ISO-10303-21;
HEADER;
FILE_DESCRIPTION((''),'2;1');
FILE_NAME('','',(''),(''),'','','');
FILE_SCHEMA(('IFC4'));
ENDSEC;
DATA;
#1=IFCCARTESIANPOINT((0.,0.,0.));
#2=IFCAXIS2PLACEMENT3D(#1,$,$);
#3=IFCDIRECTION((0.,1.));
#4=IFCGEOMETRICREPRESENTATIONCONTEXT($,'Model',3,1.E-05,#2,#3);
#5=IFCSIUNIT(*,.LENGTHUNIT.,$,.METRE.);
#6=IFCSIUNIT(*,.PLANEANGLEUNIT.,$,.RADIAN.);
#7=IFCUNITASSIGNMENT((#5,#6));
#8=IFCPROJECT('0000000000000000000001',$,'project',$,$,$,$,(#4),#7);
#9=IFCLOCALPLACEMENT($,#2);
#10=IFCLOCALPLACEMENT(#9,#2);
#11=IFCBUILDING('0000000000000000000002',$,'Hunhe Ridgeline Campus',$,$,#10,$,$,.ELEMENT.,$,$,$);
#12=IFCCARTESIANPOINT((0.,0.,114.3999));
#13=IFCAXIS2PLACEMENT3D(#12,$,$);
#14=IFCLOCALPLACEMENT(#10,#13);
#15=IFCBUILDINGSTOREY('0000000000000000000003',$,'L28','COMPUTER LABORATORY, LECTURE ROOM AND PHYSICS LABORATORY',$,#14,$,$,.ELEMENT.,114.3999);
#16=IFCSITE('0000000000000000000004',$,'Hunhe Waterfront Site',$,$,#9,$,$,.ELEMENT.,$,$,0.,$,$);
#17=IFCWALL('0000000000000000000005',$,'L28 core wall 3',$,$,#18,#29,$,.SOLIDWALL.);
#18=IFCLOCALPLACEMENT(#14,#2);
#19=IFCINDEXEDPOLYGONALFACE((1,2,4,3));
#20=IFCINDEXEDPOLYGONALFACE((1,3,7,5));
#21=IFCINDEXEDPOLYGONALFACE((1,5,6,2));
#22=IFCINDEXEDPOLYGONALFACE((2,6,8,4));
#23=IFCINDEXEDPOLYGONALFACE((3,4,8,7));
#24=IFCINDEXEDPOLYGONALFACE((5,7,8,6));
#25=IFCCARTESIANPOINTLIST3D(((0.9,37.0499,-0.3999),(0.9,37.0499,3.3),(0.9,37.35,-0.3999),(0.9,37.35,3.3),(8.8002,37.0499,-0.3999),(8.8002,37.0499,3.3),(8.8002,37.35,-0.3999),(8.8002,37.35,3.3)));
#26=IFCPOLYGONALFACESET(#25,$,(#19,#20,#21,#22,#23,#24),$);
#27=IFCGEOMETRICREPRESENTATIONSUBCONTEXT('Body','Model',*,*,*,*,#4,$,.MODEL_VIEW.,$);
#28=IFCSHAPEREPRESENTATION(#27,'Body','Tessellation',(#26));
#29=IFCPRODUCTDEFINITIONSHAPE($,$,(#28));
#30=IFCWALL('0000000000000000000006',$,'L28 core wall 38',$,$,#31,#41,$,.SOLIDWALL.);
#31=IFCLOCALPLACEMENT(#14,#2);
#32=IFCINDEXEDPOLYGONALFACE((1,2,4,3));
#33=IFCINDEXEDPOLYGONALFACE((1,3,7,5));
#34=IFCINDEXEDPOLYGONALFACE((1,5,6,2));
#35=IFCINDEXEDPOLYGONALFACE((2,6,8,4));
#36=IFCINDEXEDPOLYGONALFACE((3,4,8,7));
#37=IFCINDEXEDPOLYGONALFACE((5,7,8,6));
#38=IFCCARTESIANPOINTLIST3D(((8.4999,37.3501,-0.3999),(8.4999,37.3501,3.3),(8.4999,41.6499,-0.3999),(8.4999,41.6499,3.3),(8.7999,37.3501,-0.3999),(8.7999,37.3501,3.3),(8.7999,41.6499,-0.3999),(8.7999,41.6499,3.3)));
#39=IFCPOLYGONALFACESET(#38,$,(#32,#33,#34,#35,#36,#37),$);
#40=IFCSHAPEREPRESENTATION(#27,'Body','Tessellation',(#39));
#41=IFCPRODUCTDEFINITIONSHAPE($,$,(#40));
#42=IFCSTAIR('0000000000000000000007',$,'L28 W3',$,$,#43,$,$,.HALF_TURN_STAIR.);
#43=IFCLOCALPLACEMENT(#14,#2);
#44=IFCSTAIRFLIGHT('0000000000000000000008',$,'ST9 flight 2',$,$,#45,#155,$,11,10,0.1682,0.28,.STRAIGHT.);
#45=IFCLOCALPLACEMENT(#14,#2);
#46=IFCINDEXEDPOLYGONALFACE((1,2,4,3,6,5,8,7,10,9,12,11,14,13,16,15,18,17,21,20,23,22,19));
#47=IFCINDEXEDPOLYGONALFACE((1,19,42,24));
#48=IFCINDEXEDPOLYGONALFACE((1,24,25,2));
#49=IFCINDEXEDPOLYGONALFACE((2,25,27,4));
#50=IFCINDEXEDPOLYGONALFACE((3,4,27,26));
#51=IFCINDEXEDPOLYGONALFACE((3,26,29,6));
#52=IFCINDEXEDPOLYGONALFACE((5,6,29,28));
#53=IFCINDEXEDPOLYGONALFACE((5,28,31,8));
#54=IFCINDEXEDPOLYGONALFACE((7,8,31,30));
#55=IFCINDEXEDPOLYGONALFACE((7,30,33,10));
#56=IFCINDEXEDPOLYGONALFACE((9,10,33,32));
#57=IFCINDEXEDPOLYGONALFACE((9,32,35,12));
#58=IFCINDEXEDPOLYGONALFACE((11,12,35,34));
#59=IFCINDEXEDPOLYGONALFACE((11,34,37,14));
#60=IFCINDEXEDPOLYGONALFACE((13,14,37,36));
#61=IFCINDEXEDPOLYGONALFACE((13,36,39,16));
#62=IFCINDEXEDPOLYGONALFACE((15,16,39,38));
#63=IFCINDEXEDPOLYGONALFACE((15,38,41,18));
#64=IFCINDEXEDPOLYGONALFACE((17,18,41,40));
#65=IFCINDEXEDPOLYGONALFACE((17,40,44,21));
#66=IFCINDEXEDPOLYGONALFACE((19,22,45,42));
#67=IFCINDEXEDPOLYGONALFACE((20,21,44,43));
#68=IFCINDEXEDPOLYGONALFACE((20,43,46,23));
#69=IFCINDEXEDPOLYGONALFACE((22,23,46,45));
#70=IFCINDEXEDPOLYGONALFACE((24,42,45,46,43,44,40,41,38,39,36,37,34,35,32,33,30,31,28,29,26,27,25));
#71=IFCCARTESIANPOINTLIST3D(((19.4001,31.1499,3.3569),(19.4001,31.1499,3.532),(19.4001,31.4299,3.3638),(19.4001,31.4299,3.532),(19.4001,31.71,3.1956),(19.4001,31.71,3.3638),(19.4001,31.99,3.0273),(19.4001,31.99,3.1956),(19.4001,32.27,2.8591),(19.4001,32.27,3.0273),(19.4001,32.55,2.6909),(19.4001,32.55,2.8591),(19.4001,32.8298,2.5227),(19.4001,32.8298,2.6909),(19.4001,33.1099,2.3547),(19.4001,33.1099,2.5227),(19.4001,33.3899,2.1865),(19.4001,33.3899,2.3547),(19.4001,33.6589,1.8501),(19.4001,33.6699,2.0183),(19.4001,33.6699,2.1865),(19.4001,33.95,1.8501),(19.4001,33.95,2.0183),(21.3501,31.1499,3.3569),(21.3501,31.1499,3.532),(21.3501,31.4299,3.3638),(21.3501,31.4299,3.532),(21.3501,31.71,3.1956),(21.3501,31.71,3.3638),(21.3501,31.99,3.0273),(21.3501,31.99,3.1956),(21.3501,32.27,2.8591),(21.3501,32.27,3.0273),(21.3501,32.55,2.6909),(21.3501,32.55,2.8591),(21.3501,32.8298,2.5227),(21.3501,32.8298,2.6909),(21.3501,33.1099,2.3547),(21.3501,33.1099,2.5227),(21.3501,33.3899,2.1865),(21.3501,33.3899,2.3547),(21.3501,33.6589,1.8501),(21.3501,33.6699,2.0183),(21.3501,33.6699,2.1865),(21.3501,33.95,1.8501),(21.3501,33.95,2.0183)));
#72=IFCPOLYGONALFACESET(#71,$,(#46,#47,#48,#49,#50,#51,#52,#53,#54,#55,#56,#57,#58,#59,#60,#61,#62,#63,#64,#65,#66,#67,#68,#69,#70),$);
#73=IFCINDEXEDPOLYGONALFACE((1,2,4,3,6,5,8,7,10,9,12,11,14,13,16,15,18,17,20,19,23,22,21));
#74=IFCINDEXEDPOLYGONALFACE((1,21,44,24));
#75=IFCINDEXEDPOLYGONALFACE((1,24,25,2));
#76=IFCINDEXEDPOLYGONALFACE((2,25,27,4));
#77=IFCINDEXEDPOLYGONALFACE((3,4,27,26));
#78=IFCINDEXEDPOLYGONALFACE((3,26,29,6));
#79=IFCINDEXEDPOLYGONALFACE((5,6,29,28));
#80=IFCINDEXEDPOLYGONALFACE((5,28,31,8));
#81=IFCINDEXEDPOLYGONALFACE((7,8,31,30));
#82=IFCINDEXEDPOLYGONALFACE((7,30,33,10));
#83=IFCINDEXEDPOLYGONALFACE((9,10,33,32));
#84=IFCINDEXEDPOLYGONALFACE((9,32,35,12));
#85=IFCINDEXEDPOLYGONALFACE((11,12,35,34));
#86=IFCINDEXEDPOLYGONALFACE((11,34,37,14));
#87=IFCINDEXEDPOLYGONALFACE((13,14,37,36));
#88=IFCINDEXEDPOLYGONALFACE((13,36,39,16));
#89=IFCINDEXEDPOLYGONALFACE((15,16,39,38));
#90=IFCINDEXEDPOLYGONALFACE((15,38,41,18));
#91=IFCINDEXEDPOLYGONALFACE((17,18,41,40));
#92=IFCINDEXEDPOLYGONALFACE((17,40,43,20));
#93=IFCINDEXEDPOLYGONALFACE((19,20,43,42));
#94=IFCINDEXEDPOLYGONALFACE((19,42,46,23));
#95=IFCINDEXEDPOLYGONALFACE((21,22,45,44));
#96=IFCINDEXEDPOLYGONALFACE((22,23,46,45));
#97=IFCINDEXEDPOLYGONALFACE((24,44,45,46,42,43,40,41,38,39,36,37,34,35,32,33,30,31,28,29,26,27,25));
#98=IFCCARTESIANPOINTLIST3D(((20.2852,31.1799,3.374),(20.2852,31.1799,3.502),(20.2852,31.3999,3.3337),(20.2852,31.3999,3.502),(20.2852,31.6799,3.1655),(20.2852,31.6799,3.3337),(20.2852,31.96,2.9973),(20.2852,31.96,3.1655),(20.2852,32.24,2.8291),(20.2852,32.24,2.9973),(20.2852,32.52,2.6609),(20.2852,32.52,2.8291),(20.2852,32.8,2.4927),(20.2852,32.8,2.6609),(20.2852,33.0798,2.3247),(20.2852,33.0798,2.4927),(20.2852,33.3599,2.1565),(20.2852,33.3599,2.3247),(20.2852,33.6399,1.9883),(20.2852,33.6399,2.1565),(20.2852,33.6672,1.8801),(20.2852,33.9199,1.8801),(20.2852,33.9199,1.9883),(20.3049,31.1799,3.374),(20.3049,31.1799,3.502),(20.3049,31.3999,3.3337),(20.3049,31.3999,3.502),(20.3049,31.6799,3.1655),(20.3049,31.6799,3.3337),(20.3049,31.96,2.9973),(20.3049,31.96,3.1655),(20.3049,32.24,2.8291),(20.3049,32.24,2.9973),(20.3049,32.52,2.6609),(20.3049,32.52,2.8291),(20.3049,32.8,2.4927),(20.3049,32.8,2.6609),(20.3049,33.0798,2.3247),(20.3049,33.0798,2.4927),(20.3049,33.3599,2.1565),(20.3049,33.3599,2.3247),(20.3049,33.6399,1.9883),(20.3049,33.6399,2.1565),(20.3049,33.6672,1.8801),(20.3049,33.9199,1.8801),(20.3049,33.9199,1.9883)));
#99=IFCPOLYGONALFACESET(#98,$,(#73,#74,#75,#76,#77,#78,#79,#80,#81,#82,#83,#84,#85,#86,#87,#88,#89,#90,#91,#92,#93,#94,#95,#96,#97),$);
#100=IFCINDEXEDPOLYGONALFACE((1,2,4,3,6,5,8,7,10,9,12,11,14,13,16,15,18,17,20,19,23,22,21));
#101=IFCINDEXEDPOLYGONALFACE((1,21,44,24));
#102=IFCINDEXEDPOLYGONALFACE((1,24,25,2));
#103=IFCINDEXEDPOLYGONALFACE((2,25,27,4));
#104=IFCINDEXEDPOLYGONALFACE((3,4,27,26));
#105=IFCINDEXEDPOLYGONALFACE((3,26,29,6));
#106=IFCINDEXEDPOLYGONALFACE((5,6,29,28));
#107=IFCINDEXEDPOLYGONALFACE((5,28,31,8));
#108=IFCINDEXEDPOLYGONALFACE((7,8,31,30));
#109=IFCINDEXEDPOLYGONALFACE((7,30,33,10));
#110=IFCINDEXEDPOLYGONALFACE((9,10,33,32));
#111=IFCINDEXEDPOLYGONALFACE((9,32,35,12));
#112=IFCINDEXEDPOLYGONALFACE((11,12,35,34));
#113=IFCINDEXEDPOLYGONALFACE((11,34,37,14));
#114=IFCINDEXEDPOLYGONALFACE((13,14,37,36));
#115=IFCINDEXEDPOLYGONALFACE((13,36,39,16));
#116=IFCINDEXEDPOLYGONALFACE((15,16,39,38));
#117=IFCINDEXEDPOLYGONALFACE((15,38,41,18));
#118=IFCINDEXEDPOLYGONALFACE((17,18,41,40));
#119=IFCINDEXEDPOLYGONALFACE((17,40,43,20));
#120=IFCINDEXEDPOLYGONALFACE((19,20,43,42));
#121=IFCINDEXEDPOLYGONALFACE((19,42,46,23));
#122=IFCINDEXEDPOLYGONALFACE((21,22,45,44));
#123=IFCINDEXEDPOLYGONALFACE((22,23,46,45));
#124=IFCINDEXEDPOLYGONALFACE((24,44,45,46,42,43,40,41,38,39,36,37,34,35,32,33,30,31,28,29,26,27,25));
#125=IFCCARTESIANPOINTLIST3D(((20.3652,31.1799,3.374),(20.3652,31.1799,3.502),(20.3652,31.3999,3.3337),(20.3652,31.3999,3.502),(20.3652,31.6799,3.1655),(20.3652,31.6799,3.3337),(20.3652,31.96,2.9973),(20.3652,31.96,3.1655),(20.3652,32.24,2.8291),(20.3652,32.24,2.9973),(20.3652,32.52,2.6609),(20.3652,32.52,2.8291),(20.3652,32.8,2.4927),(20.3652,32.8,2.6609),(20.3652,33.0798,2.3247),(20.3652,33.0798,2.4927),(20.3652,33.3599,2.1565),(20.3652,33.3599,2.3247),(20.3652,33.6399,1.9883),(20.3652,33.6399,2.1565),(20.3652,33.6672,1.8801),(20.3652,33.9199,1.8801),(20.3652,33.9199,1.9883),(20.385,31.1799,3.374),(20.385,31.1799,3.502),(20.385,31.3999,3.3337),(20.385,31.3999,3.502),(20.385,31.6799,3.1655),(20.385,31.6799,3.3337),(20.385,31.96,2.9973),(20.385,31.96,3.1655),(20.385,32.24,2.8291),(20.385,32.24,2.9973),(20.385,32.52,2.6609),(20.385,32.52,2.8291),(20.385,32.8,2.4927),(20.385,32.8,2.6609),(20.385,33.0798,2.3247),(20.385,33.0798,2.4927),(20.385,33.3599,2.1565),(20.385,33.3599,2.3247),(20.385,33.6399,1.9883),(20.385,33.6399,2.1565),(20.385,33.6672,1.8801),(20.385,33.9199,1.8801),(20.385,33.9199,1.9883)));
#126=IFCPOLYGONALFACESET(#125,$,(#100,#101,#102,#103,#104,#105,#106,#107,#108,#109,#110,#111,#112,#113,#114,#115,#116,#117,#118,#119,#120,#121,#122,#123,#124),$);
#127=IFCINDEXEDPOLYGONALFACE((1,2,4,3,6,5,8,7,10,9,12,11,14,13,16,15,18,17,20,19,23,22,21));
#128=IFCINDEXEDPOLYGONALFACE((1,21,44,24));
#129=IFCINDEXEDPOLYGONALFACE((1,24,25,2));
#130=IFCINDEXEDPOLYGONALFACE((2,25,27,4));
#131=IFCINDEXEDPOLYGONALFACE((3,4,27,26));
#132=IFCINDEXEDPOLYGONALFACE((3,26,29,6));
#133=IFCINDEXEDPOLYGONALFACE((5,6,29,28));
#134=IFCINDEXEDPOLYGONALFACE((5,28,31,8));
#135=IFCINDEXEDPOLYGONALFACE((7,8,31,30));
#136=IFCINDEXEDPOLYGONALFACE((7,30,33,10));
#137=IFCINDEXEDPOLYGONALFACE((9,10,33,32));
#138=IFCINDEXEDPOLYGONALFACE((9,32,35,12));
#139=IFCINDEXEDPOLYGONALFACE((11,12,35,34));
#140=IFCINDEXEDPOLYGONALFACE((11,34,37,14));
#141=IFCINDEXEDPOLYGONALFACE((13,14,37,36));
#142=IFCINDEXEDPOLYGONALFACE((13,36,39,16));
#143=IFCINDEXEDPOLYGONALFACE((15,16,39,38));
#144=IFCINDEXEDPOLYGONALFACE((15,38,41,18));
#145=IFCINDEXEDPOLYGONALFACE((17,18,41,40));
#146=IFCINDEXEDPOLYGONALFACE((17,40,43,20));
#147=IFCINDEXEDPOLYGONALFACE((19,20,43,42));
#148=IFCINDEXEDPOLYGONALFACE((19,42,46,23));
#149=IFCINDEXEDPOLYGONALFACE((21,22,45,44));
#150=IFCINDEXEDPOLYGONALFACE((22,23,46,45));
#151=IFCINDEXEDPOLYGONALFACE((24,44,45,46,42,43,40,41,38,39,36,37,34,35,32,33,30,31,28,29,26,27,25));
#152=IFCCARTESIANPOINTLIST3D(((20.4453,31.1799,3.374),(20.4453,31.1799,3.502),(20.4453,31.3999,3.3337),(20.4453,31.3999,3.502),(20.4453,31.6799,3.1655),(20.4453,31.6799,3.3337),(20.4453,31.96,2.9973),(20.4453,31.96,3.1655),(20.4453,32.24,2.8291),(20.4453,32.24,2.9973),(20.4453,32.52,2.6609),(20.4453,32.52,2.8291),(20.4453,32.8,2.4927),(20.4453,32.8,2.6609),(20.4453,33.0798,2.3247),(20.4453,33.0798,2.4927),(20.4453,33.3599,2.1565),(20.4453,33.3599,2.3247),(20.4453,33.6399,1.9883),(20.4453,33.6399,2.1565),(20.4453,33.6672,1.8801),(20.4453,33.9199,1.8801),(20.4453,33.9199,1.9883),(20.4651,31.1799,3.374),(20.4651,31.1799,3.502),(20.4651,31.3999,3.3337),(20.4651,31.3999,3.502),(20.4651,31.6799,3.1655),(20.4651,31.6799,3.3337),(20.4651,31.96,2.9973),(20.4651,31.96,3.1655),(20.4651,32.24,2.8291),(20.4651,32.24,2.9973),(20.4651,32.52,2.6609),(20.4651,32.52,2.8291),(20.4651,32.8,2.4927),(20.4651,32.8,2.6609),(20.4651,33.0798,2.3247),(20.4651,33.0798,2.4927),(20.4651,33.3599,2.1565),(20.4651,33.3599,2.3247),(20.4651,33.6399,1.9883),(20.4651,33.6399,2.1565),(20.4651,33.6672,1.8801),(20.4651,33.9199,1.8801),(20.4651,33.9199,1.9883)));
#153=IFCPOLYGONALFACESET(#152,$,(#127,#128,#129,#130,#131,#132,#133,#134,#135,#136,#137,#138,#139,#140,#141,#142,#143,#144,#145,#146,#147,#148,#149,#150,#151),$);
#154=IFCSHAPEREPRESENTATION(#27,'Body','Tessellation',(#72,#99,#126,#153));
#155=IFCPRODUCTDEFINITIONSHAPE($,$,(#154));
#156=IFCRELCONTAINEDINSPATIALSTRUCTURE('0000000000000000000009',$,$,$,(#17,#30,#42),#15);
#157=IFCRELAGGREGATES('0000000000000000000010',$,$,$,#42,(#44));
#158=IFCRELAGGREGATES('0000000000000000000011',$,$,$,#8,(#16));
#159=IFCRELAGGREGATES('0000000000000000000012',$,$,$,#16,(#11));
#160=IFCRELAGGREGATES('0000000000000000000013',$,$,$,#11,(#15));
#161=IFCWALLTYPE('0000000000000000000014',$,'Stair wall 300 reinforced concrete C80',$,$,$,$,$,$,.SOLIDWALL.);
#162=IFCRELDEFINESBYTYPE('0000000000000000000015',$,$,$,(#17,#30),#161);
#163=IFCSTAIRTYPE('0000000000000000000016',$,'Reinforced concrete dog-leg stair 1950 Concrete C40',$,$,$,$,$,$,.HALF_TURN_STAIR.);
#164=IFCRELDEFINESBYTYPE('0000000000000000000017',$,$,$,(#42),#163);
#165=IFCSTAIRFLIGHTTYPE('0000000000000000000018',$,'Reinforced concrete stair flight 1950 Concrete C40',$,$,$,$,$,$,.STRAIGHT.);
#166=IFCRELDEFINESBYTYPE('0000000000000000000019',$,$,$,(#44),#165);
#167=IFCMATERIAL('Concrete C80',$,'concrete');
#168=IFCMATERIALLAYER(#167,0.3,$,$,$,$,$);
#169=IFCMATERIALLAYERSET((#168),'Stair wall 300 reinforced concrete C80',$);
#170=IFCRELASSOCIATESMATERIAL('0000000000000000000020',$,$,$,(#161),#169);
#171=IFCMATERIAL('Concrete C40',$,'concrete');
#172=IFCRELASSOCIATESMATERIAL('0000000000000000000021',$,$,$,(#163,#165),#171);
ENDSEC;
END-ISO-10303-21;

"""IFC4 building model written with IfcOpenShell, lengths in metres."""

from ifc_helpers import new_model, si_unit, direction, frame, frame_2d, origin, place, context, subcontext, project, spatial, polyline, rectangle, outline, extrude, material, layer, layer_set, type_object, element, aggregate, save


model = new_model("IFC4")

# Units and contexts
model_context = context("Model", 3, precision=1e-05, world=origin(), true_north=direction((0.0, 1.0)))
body_context = subcontext(model_context, "Body", "Model", "MODEL_VIEW")
ifc_project = project(units=[si_unit("LENGTHUNIT", "METRE"), si_unit("PLANEANGLEUNIT", "RADIAN")], contexts=[model_context])

# Site, building, storey
site_placement = place(None, origin())
site = spatial("IfcSite", under=ifc_project, at=site_placement, Name="Hunhe Waterfront Site", CompositionType="ELEMENT", RefElevation=0.0)
building_placement = place(site_placement, origin())
building = spatial("IfcBuilding", under=site, at=building_placement, Name="Hunhe Ridgeline Campus", CompositionType="ELEMENT")
storey_placement = place(building_placement, frame((0.0, 0.0, 114.3999)))
storey = spatial("IfcBuildingStorey", under=building, at=storey_placement, Name="L28", Description="COMPUTER LABORATORY, LECTURE ROOM AND PHYSICS LABORATORY", CompositionType="ELEMENT", Elevation=114.3999)

# Wall
ifc_material_1 = material(Name="Concrete C80", Category="concrete")
ifc_layer_1 = layer(ifc_material_1, 0.3)
ifc_layer_set_1 = layer_set([ifc_layer_1], Name="Stair wall 300 reinforced concrete C80")
wall_type_1 = type_object("IfcWallType", Name="Stair wall 300 reinforced concrete C80", PredefinedType="SOLIDWALL", material=ifc_layer_set_1)
wall_1_placement = place(storey_placement, frame((0.8999, 37.2, -0.3999), z_axis=(0.0, 0.0, 1.0), x_axis=(1.0, 0.0, 0.0)))
element("IfcWall", 1, at=wall_1_placement, inside=storey, type_object=wall_type_1, Name="L28 core wall 3", PredefinedType="SOLIDWALL", context=body_context, shape_type="SweptSolid", body=[
    extrude(rectangle(XDim=7.9001, YDim=0.3, at=frame_2d((3.9502, 0.0))), origin(), (0.0, 0.0, 1.0), 3.7),
])

# Wall
wall_2_placement = place(storey_placement, frame((8.6499, 37.3501, -0.3999), z_axis=(0.0, 0.0, 1.0), x_axis=(0.0, 1.0, 0.0)))
element("IfcWall", 2, at=wall_2_placement, inside=storey, type_object=wall_type_1, Name="L28 core wall 38", PredefinedType="SOLIDWALL", context=body_context, shape_type="SweptSolid", body=[
    extrude(rectangle(XDim=4.2998, YDim=0.3, at=frame_2d((2.1499, 0.0))), origin(), (0.0, 0.0, 1.0), 3.7),
])

# Stair, stair flight
ifc_material_2 = material(Name="Concrete C40", Category="concrete")
stair_type = type_object("IfcStairType", Name="Reinforced concrete dog-leg stair 1950 Concrete C40", PredefinedType="HALF_TURN_STAIR", material=ifc_material_2)
stair_1_placement = place(storey_placement, origin())
stair_1 = element("IfcStair", 3, at=stair_1_placement, inside=storey, type_object=stair_type, Name="L28 W3", PredefinedType="HALF_TURN_STAIR")
stair_flight_type = type_object("IfcStairFlightType", Name="Reinforced concrete stair flight 1950 Concrete C40", PredefinedType="STRAIGHT", material=ifc_material_2)
stair_flight_1_placement = place(storey_placement, frame((20.375, 33.95, 1.8501), z_axis=(0.0, 0.0, 1.0), x_axis=(0.0, -1.0, 0.0)))
stair_flight_1 = element("IfcStairFlight", 4, at=stair_flight_1_placement, type_object=stair_flight_type, Name="ST9 flight 2", NumberOfRisers=11, NumberOfTreads=10, PredefinedType="STRAIGHT", RiserHeight=0.1682, TreadLength=0.28, context=body_context, shape_type="SweptSolid", body=[
    extrude(outline(polyline([(0.0, 0.0), (0.0, 0.1682), (0.28, 0.1682), (0.28, 0.3364), (0.5601, 0.3364), (0.5601, 0.5046), (0.8401, 0.5046), (0.8401, 0.6726), (1.1201, 0.6726), (1.1201, 0.8408), (1.3999, 0.8408), (1.3999, 1.009), (1.6799, 1.009), (1.6799, 1.1772), (1.96, 1.1772), (1.96, 1.3455), (2.24, 1.3455), (2.24, 1.5137), (2.52, 1.5137), (2.52, 1.6819), (2.8, 1.6819), (2.8, 1.8501), (2.8, 1.5068), (0.291, 0.0), (0.0, 0.0)])), frame((0.0, 0.9751, 0.0), z_axis=(0.0, -1.0, 0.0), x_axis=(1.0, 0.0, 0.0)), (0.0, 0.0, 1.0), 1.95),
    extrude(outline(polyline([(0.03, 0.03), (0.03, 0.1382), (0.3101, 0.1382), (0.3101, 0.3064), (0.5901, 0.3064), (0.5901, 0.4746), (0.8701, 0.4746), (0.8701, 0.6426), (1.1499, 0.6426), (1.1499, 0.8108), (1.4299, 0.8108), (1.4299, 0.979), (1.71, 0.979), (1.71, 1.1472), (1.99, 1.1472), (1.99, 1.3154), (2.27, 1.3154), (2.27, 1.4836), (2.55, 1.4836), (2.55, 1.6519), (2.77, 1.6519), (2.77, 1.5239), (0.2827, 0.03), (0.03, 0.03)])), frame((0.0, -0.0701, 0.0), z_axis=(0.0, -1.0, 0.0), x_axis=(1.0, 0.0, 0.0)), (0.0, 0.0, 1.0), 0.0198),
    extrude(outline(polyline([(0.03, 0.03), (0.03, 0.1382), (0.3101, 0.1382), (0.3101, 0.3064), (0.5901, 0.3064), (0.5901, 0.4746), (0.8701, 0.4746), (0.8701, 0.6426), (1.1499, 0.6426), (1.1499, 0.8108), (1.4299, 0.8108), (1.4299, 0.979), (1.71, 0.979), (1.71, 1.1472), (1.99, 1.1472), (1.99, 1.3154), (2.27, 1.3154), (2.27, 1.4836), (2.55, 1.4836), (2.55, 1.6519), (2.77, 1.6519), (2.77, 1.5239), (0.2827, 0.03), (0.03, 0.03)])), frame((0.0, 0.01, 0.0), z_axis=(0.0, -1.0, 0.0), x_axis=(1.0, 0.0, 0.0)), (0.0, 0.0, 1.0), 0.0198),
    extrude(outline(polyline([(0.03, 0.03), (0.03, 0.1382), (0.3101, 0.1382), (0.3101, 0.3064), (0.5901, 0.3064), (0.5901, 0.4746), (0.8701, 0.4746), (0.8701, 0.6426), (1.1499, 0.6426), (1.1499, 0.8108), (1.4299, 0.8108), (1.4299, 0.979), (1.71, 0.979), (1.71, 1.1472), (1.99, 1.1472), (1.99, 1.3154), (2.27, 1.3154), (2.27, 1.4836), (2.55, 1.4836), (2.55, 1.6519), (2.77, 1.6519), (2.77, 1.5239), (0.2827, 0.03), (0.03, 0.03)])), frame((0.0, 0.0901, 0.0), z_axis=(0.0, -1.0, 0.0), x_axis=(1.0, 0.0, 0.0)), (0.0, 0.0, 1.0), 0.0198),
])
aggregate(stair_1, [stair_flight_1])

save(model, "model.ifc")
